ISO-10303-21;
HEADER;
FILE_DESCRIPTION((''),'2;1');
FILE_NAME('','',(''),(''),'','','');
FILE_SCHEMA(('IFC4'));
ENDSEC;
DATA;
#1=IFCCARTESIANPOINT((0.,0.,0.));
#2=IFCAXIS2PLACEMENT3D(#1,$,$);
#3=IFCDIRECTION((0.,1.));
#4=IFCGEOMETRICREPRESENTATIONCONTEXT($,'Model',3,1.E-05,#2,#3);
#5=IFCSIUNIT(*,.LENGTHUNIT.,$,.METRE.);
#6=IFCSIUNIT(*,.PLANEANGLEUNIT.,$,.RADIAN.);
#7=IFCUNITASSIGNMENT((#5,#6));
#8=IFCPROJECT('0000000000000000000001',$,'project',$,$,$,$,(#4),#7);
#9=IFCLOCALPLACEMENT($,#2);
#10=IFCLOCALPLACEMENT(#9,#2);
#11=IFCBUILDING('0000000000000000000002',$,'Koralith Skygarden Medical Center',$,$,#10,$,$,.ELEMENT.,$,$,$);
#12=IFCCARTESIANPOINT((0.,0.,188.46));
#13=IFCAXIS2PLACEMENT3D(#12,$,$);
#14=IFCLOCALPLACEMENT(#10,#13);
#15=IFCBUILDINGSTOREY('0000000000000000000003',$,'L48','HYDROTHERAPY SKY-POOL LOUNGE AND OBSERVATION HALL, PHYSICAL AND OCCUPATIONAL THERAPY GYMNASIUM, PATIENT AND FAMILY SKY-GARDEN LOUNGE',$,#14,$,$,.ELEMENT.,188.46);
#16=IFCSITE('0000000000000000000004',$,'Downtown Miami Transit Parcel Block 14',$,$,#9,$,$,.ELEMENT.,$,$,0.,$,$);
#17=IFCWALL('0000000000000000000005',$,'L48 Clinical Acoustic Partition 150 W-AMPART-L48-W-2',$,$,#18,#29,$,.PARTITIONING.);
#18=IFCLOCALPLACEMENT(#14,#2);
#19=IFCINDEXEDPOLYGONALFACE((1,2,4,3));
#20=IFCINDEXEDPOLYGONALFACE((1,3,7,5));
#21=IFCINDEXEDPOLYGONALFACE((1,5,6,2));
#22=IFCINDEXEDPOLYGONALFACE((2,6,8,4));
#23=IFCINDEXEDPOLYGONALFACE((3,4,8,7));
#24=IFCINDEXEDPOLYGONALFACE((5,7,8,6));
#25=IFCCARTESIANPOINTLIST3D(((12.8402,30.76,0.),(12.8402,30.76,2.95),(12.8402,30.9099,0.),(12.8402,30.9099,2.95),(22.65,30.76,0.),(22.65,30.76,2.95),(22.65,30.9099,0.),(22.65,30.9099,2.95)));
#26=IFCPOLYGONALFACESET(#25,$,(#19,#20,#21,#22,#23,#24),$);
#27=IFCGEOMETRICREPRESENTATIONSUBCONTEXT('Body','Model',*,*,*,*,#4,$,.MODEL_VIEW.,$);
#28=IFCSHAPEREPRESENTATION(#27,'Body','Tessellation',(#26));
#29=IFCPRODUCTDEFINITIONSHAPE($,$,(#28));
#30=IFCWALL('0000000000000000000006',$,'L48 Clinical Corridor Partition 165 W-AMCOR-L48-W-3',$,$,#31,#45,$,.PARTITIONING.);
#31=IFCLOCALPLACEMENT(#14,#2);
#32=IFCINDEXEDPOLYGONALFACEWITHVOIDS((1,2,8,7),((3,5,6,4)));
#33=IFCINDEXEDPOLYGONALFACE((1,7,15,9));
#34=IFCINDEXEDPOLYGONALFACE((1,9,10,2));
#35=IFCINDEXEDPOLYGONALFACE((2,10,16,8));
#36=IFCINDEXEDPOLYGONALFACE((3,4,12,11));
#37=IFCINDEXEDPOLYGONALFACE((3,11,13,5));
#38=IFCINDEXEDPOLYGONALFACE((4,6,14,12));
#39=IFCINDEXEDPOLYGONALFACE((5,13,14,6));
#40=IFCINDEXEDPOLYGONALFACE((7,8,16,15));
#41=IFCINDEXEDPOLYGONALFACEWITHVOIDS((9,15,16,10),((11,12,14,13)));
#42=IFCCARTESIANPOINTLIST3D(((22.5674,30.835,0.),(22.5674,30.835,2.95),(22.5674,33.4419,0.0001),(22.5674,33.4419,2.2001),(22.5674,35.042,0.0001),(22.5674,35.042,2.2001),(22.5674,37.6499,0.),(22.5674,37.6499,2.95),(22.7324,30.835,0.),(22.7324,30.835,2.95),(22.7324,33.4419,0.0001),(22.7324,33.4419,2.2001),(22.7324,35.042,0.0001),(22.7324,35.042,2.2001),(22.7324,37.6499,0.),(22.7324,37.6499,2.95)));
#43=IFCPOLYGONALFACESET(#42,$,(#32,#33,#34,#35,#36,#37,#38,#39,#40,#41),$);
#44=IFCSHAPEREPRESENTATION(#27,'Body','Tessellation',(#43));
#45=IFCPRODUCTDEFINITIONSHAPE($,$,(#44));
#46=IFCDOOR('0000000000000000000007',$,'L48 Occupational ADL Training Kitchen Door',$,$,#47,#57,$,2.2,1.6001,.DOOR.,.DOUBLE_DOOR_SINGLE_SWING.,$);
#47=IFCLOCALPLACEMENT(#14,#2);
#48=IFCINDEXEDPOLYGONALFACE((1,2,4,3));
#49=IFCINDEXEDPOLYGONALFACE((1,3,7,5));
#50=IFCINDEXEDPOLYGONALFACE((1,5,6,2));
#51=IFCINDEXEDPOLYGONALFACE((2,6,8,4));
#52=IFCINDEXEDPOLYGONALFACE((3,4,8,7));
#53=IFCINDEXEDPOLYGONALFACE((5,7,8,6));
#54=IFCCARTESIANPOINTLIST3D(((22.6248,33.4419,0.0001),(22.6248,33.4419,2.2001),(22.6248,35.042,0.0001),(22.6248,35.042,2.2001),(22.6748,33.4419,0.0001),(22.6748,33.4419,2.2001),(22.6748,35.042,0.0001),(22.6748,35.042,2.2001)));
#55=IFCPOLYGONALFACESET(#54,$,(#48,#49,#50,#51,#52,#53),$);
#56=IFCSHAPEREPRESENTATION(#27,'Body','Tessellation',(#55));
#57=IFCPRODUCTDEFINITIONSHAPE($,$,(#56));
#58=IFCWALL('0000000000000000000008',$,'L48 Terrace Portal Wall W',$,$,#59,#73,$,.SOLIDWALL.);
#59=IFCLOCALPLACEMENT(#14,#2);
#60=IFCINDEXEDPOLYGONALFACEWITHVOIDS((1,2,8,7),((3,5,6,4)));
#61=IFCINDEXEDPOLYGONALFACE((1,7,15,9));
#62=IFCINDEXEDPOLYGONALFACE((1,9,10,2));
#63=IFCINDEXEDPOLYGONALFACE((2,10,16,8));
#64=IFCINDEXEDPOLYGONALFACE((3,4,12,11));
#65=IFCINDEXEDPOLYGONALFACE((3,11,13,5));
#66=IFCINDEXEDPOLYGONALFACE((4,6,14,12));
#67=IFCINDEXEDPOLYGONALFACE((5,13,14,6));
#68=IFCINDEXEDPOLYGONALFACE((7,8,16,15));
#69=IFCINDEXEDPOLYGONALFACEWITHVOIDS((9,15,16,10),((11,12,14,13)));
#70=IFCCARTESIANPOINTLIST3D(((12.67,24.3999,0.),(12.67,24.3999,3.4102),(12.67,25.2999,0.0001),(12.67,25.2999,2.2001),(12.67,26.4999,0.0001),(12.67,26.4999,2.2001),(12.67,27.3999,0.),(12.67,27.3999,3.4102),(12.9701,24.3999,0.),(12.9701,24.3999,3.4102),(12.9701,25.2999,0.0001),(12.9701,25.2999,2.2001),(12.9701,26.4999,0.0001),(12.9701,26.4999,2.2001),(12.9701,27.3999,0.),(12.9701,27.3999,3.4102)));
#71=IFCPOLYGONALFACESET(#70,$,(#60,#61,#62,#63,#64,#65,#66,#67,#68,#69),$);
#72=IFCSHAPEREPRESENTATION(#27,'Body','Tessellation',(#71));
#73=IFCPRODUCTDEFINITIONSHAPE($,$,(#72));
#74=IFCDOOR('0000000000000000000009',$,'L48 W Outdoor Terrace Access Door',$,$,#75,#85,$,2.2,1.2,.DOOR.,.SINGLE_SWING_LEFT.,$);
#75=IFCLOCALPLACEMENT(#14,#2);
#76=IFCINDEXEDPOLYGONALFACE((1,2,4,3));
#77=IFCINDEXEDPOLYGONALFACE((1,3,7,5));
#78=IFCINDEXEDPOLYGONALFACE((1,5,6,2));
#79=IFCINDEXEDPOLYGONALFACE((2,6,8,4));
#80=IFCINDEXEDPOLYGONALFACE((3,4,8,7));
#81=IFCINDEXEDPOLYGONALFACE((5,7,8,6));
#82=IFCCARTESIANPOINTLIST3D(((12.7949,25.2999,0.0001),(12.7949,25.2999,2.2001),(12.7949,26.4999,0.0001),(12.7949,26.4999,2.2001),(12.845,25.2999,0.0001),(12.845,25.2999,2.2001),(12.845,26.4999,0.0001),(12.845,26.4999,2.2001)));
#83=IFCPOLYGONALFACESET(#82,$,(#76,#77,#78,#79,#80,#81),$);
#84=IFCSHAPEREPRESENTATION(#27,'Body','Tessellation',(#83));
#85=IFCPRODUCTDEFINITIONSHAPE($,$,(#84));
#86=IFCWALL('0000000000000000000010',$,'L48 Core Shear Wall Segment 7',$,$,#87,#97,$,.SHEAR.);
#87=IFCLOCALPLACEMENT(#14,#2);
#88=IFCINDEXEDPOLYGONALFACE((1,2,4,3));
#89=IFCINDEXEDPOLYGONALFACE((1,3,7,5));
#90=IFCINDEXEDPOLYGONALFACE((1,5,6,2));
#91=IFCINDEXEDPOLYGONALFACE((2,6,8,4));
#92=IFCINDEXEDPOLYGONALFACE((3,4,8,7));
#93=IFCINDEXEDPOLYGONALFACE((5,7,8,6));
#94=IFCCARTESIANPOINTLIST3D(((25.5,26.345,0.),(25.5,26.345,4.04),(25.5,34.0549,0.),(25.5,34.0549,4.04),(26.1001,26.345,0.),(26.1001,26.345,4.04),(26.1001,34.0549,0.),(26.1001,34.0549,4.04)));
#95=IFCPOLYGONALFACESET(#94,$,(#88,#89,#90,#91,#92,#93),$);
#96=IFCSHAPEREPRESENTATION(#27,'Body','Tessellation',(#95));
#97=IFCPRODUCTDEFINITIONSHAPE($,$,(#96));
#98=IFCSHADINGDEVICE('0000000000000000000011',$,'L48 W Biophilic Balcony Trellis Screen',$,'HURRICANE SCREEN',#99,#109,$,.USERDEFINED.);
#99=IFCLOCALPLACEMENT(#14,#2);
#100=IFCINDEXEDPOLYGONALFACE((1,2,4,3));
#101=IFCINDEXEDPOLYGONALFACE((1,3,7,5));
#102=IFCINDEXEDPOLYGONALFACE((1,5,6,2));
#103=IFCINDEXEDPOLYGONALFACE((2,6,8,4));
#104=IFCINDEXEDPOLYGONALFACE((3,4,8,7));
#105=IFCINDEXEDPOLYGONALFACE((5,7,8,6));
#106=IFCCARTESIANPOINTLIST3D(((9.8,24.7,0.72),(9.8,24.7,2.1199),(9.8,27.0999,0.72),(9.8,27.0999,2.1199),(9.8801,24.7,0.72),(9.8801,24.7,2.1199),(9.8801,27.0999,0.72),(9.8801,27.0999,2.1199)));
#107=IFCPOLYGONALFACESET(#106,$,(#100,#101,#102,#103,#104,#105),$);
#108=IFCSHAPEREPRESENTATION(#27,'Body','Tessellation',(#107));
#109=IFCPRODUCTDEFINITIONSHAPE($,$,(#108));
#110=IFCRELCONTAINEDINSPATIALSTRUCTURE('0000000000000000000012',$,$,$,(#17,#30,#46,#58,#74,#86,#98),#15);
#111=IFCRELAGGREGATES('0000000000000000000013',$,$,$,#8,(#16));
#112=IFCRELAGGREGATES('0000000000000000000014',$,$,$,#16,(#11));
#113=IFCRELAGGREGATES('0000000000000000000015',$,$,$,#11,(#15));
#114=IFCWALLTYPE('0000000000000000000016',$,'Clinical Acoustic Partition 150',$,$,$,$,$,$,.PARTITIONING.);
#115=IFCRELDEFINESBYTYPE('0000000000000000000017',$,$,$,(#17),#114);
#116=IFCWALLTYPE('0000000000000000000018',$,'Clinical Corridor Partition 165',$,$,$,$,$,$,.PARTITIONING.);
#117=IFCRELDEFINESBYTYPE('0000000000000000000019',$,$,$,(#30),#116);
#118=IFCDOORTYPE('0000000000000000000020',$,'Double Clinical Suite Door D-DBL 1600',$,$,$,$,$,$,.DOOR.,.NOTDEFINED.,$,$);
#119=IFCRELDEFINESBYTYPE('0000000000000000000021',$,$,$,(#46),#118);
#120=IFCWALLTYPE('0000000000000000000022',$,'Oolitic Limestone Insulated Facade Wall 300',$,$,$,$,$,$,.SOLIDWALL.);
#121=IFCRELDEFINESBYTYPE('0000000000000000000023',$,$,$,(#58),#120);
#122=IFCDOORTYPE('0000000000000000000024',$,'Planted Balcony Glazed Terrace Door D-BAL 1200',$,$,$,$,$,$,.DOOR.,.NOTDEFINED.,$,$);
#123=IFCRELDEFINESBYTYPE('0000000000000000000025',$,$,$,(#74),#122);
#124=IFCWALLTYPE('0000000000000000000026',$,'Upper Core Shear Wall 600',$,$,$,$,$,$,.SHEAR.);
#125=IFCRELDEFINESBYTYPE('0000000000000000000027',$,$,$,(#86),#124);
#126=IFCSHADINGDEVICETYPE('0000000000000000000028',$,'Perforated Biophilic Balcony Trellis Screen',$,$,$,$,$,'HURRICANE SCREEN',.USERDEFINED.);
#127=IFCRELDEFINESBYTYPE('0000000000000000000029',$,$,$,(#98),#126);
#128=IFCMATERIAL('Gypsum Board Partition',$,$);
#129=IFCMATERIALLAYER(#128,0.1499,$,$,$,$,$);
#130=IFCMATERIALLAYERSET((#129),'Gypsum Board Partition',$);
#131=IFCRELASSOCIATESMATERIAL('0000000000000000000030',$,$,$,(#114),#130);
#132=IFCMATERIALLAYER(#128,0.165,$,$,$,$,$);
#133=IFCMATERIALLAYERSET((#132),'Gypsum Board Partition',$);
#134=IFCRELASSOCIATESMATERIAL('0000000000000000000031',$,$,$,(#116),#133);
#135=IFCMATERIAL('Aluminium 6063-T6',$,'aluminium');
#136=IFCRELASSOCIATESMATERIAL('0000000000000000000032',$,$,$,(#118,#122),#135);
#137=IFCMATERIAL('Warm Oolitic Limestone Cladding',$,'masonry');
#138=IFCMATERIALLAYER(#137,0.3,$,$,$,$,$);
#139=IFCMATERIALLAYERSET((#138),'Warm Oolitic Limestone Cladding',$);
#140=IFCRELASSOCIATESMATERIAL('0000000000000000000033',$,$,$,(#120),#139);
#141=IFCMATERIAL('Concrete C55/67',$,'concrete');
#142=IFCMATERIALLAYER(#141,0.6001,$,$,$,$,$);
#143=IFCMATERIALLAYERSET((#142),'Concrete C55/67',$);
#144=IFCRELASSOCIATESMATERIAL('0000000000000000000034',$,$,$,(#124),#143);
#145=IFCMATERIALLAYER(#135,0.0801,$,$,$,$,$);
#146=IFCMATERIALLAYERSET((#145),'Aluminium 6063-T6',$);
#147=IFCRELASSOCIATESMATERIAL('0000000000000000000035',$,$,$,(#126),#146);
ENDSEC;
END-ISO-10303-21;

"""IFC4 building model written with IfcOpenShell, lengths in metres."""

from ifc_helpers import new_model, si_unit, direction, frame, frame_2d, origin, origin_2d, place, context, subcontext, project, spatial, rectangle, extrude, material, layer, layer_set, type_object, element, fill, save


model = new_model("IFC4")

# Units and contexts
model_context = context("Model", 3, precision=1e-05, world=origin(), true_north=direction((0.0, 1.0)))
body_context = subcontext(model_context, "Body", "Model", "MODEL_VIEW")
ifc_project = project(units=[si_unit("LENGTHUNIT", "METRE"), si_unit("PLANEANGLEUNIT", "RADIAN")], contexts=[model_context])

# Site, building, storey
site_placement = place(None, origin())
site = spatial("IfcSite", under=ifc_project, at=site_placement, Name="Downtown Miami Transit Parcel Block 14", CompositionType="ELEMENT", RefElevation=0.0)
building_placement = place(site_placement, origin())
building = spatial("IfcBuilding", under=site, at=building_placement, Name="Koralith Skygarden Medical Center", CompositionType="ELEMENT")
storey_placement = place(building_placement, frame((0.0, 0.0, 188.46)))
storey = spatial("IfcBuildingStorey", under=building, at=storey_placement, Name="L48", Description="HYDROTHERAPY SKY-POOL LOUNGE AND OBSERVATION HALL, PHYSICAL AND OCCUPATIONAL THERAPY GYMNASIUM, PATIENT AND FAMILY SKY-GARDEN LOUNGE", CompositionType="ELEMENT", Elevation=188.46)

# Shared definitions
ifc_material_1 = material(Name="Concrete C55/67", Category="concrete")

# Shared definitions
ifc_material_2 = material(Name="Aluminium 6063-T6", Category="aluminium")

# Wall
ifc_material_3 = material(Name="Gypsum Board Partition")
ifc_layer_1 = layer(ifc_material_3, 0.1499)
ifc_layer_set_1 = layer_set([ifc_layer_1], Name="Gypsum Board Partition")
wall_type_1 = type_object("IfcWallType", Name="Clinical Acoustic Partition 150", PredefinedType="PARTITIONING", material=ifc_layer_set_1)
wall_1_placement = place(storey_placement, frame((22.6499, 30.835, 0.0), z_axis=(0.0, 0.0, 1.0), x_axis=(-1.0, 0.0, 0.0)))
element("IfcWall", 1, at=wall_1_placement, inside=storey, type_object=wall_type_1, Name="L48 Clinical Acoustic Partition 150 W-AMPART-L48-W-2", PredefinedType="PARTITIONING", context=body_context, shape_type="SweptSolid", body=[
    extrude(rectangle(XDim=9.8098, YDim=0.1499, at=frame_2d((4.9048, 0.0))), origin(), (0.0, 0.0, 1.0), 2.95),
])

# Walls, openings, doors
ifc_layer_2 = layer(ifc_material_3, 0.165)
ifc_layer_set_2 = layer_set([ifc_layer_2], Name="Gypsum Board Partition")
wall_type_2 = type_object("IfcWallType", Name="Clinical Corridor Partition 165", PredefinedType="PARTITIONING", material=ifc_layer_set_2)
wall_2_placement = place(storey_placement, frame((22.6499, 30.835, 0.0), z_axis=(0.0, 0.0, 1.0), x_axis=(0.0, 1.0, 0.0)))
wall_2 = element("IfcWall", 2, at=wall_2_placement, inside=storey, type_object=wall_type_2, Name="L48 Clinical Corridor Partition 165 W-AMCOR-L48-W-3", PredefinedType="PARTITIONING", context=body_context, shape_type="SweptSolid", body=[
    extrude(rectangle(XDim=6.8149, YDim=0.165, at=frame_2d((3.4075, 0.0))), origin(), (0.0, 0.0, 1.0), 2.95),
])
opening_1_placement = place(wall_2_placement, frame((2.6069, 0.0, 0.0)))
opening_1 = element("IfcOpeningElement", 3, at=opening_1_placement, cuts=wall_2, PredefinedType="OPENING", context=body_context, shape_type="SweptSolid", body=[
    extrude(rectangle(XDim=1.6001, YDim=2.2, at=frame_2d((0.8, 1.1001))), frame((0.0, 0.0925, 0.0), z_axis=(0.0, -1.0, 0.0), x_axis=(1.0, 0.0, 0.0)), (0.0, 0.0, 1.0), 0.1851),
])
door_type_1 = type_object("IfcDoorType", Name="Double Clinical Suite Door D-DBL 1600", OperationType="NOTDEFINED", PredefinedType="DOOR", material=ifc_material_2)
door_1_placement = place(opening_1_placement, frame((1.6001, 0.0, 0.0), z_axis=(0.0, 0.0, 1.0), x_axis=(-1.0, 0.0, 0.0)))
door_1 = element("IfcDoor", 4, at=door_1_placement, inside=storey, type_object=door_type_1, Name="L48 Occupational ADL Training Kitchen Door", OperationType="DOUBLE_DOOR_SINGLE_SWING", OverallHeight=2.2, OverallWidth=1.6001, PredefinedType="DOOR", context=body_context, shape_type="SweptSolid", body=[
    extrude(rectangle(XDim=1.6001, YDim=2.2, at=frame_2d((0.8, 1.1001))), frame((0.0, 0.0249, 0.0), z_axis=(0.0, -1.0, 0.0), x_axis=(1.0, 0.0, 0.0)), (0.0, 0.0, 1.0), 0.05),
])
fill(opening_1, door_1)
ifc_material_4 = material(Name="Warm Oolitic Limestone Cladding", Category="masonry")
ifc_layer_3 = layer(ifc_material_4, 0.3)
ifc_layer_set_3 = layer_set([ifc_layer_3], Name="Warm Oolitic Limestone Cladding")
wall_type_3 = type_object("IfcWallType", Name="Oolitic Limestone Insulated Facade Wall 300", PredefinedType="SOLIDWALL", material=ifc_layer_set_3)
wall_3_placement = place(storey_placement, frame((12.8201, 27.3999, 0.0), z_axis=(0.0, 0.0, 1.0), x_axis=(0.0, -1.0, 0.0)))
wall_3 = element("IfcWall", 5, at=wall_3_placement, inside=storey, type_object=wall_type_3, Name="L48 Terrace Portal Wall W", PredefinedType="SOLIDWALL", context=body_context, shape_type="SweptSolid", body=[
    extrude(rectangle(XDim=3.0, YDim=0.3, at=frame_2d((1.5, 0.0))), origin(), (0.0, 0.0, 1.0), 3.4102),
])
opening_2_placement = place(wall_3_placement, frame((0.8999, 0.0, 0.0)))
opening_2 = element("IfcOpeningElement", 6, at=opening_2_placement, cuts=wall_3, PredefinedType="OPENING", context=body_context, shape_type="SweptSolid", body=[
    extrude(rectangle(XDim=1.2, YDim=2.2, at=frame_2d((0.6001, 1.1001))), frame((0.0, 0.1599, 0.0), z_axis=(0.0, -1.0, 0.0), x_axis=(1.0, 0.0, 0.0)), (0.0, 0.0, 1.0), 0.3201),
])
door_type_2 = type_object("IfcDoorType", Name="Planted Balcony Glazed Terrace Door D-BAL 1200", OperationType="NOTDEFINED", PredefinedType="DOOR", material=ifc_material_2)
door_2_placement = place(opening_2_placement, origin())
door_2 = element("IfcDoor", 7, at=door_2_placement, inside=storey, type_object=door_type_2, Name="L48 W Outdoor Terrace Access Door", OperationType="SINGLE_SWING_LEFT", OverallHeight=2.2, OverallWidth=1.2, PredefinedType="DOOR", context=body_context, shape_type="SweptSolid", body=[
    extrude(rectangle(XDim=1.2, YDim=2.2, at=frame_2d((0.6001, 1.1001))), frame((0.0, 0.0249, 0.0), z_axis=(0.0, -1.0, 0.0), x_axis=(1.0, 0.0, 0.0)), (0.0, 0.0, 1.0), 0.05),
])
fill(opening_2, door_2)

# Wall
ifc_layer_4 = layer(ifc_material_1, 0.6001)
ifc_layer_set_4 = layer_set([ifc_layer_4], Name="Concrete C55/67")
wall_type_4 = type_object("IfcWallType", Name="Upper Core Shear Wall 600", PredefinedType="SHEAR", material=ifc_layer_set_4)
wall_4_placement = place(storey_placement, frame((25.8, 34.0549, 0.0), z_axis=(0.0, 0.0, 1.0), x_axis=(0.0, -1.0, 0.0)))
element("IfcWall", 8, at=wall_4_placement, inside=storey, type_object=wall_type_4, Name="L48 Core Shear Wall Segment 7", PredefinedType="SHEAR", context=body_context, shape_type="SweptSolid", body=[
    extrude(rectangle(XDim=7.71, YDim=0.6001, at=frame_2d((3.855, 0.0))), origin(), (0.0, 0.0, 1.0), 4.04),
])

# Shading device
ifc_layer_5 = layer(ifc_material_2, 0.0801)
ifc_layer_set_5 = layer_set([ifc_layer_5], Name="Aluminium 6063-T6")
shading_device_type = type_object("IfcShadingDeviceType", Name="Perforated Biophilic Balcony Trellis Screen", ElementType="HURRICANE SCREEN", PredefinedType="USERDEFINED", material=ifc_layer_set_5)
shading_device_placement = place(storey_placement, frame((9.8401, 25.8999, 0.72), z_axis=(0.0, 0.0, 1.0), x_axis=(0.0, 1.0, 0.0)))
element("IfcShadingDevice", 9, at=shading_device_placement, inside=storey, type_object=shading_device_type, Name="L48 W Biophilic Balcony Trellis Screen", ObjectType="HURRICANE SCREEN", PredefinedType="USERDEFINED", context=body_context, shape_type="SweptSolid", body=[
    extrude(rectangle(XDim=2.3999, YDim=0.0801, at=origin_2d()), origin(), (0.0, 0.0, 1.0), 1.3999),
])

save(model, "model.ifc")
